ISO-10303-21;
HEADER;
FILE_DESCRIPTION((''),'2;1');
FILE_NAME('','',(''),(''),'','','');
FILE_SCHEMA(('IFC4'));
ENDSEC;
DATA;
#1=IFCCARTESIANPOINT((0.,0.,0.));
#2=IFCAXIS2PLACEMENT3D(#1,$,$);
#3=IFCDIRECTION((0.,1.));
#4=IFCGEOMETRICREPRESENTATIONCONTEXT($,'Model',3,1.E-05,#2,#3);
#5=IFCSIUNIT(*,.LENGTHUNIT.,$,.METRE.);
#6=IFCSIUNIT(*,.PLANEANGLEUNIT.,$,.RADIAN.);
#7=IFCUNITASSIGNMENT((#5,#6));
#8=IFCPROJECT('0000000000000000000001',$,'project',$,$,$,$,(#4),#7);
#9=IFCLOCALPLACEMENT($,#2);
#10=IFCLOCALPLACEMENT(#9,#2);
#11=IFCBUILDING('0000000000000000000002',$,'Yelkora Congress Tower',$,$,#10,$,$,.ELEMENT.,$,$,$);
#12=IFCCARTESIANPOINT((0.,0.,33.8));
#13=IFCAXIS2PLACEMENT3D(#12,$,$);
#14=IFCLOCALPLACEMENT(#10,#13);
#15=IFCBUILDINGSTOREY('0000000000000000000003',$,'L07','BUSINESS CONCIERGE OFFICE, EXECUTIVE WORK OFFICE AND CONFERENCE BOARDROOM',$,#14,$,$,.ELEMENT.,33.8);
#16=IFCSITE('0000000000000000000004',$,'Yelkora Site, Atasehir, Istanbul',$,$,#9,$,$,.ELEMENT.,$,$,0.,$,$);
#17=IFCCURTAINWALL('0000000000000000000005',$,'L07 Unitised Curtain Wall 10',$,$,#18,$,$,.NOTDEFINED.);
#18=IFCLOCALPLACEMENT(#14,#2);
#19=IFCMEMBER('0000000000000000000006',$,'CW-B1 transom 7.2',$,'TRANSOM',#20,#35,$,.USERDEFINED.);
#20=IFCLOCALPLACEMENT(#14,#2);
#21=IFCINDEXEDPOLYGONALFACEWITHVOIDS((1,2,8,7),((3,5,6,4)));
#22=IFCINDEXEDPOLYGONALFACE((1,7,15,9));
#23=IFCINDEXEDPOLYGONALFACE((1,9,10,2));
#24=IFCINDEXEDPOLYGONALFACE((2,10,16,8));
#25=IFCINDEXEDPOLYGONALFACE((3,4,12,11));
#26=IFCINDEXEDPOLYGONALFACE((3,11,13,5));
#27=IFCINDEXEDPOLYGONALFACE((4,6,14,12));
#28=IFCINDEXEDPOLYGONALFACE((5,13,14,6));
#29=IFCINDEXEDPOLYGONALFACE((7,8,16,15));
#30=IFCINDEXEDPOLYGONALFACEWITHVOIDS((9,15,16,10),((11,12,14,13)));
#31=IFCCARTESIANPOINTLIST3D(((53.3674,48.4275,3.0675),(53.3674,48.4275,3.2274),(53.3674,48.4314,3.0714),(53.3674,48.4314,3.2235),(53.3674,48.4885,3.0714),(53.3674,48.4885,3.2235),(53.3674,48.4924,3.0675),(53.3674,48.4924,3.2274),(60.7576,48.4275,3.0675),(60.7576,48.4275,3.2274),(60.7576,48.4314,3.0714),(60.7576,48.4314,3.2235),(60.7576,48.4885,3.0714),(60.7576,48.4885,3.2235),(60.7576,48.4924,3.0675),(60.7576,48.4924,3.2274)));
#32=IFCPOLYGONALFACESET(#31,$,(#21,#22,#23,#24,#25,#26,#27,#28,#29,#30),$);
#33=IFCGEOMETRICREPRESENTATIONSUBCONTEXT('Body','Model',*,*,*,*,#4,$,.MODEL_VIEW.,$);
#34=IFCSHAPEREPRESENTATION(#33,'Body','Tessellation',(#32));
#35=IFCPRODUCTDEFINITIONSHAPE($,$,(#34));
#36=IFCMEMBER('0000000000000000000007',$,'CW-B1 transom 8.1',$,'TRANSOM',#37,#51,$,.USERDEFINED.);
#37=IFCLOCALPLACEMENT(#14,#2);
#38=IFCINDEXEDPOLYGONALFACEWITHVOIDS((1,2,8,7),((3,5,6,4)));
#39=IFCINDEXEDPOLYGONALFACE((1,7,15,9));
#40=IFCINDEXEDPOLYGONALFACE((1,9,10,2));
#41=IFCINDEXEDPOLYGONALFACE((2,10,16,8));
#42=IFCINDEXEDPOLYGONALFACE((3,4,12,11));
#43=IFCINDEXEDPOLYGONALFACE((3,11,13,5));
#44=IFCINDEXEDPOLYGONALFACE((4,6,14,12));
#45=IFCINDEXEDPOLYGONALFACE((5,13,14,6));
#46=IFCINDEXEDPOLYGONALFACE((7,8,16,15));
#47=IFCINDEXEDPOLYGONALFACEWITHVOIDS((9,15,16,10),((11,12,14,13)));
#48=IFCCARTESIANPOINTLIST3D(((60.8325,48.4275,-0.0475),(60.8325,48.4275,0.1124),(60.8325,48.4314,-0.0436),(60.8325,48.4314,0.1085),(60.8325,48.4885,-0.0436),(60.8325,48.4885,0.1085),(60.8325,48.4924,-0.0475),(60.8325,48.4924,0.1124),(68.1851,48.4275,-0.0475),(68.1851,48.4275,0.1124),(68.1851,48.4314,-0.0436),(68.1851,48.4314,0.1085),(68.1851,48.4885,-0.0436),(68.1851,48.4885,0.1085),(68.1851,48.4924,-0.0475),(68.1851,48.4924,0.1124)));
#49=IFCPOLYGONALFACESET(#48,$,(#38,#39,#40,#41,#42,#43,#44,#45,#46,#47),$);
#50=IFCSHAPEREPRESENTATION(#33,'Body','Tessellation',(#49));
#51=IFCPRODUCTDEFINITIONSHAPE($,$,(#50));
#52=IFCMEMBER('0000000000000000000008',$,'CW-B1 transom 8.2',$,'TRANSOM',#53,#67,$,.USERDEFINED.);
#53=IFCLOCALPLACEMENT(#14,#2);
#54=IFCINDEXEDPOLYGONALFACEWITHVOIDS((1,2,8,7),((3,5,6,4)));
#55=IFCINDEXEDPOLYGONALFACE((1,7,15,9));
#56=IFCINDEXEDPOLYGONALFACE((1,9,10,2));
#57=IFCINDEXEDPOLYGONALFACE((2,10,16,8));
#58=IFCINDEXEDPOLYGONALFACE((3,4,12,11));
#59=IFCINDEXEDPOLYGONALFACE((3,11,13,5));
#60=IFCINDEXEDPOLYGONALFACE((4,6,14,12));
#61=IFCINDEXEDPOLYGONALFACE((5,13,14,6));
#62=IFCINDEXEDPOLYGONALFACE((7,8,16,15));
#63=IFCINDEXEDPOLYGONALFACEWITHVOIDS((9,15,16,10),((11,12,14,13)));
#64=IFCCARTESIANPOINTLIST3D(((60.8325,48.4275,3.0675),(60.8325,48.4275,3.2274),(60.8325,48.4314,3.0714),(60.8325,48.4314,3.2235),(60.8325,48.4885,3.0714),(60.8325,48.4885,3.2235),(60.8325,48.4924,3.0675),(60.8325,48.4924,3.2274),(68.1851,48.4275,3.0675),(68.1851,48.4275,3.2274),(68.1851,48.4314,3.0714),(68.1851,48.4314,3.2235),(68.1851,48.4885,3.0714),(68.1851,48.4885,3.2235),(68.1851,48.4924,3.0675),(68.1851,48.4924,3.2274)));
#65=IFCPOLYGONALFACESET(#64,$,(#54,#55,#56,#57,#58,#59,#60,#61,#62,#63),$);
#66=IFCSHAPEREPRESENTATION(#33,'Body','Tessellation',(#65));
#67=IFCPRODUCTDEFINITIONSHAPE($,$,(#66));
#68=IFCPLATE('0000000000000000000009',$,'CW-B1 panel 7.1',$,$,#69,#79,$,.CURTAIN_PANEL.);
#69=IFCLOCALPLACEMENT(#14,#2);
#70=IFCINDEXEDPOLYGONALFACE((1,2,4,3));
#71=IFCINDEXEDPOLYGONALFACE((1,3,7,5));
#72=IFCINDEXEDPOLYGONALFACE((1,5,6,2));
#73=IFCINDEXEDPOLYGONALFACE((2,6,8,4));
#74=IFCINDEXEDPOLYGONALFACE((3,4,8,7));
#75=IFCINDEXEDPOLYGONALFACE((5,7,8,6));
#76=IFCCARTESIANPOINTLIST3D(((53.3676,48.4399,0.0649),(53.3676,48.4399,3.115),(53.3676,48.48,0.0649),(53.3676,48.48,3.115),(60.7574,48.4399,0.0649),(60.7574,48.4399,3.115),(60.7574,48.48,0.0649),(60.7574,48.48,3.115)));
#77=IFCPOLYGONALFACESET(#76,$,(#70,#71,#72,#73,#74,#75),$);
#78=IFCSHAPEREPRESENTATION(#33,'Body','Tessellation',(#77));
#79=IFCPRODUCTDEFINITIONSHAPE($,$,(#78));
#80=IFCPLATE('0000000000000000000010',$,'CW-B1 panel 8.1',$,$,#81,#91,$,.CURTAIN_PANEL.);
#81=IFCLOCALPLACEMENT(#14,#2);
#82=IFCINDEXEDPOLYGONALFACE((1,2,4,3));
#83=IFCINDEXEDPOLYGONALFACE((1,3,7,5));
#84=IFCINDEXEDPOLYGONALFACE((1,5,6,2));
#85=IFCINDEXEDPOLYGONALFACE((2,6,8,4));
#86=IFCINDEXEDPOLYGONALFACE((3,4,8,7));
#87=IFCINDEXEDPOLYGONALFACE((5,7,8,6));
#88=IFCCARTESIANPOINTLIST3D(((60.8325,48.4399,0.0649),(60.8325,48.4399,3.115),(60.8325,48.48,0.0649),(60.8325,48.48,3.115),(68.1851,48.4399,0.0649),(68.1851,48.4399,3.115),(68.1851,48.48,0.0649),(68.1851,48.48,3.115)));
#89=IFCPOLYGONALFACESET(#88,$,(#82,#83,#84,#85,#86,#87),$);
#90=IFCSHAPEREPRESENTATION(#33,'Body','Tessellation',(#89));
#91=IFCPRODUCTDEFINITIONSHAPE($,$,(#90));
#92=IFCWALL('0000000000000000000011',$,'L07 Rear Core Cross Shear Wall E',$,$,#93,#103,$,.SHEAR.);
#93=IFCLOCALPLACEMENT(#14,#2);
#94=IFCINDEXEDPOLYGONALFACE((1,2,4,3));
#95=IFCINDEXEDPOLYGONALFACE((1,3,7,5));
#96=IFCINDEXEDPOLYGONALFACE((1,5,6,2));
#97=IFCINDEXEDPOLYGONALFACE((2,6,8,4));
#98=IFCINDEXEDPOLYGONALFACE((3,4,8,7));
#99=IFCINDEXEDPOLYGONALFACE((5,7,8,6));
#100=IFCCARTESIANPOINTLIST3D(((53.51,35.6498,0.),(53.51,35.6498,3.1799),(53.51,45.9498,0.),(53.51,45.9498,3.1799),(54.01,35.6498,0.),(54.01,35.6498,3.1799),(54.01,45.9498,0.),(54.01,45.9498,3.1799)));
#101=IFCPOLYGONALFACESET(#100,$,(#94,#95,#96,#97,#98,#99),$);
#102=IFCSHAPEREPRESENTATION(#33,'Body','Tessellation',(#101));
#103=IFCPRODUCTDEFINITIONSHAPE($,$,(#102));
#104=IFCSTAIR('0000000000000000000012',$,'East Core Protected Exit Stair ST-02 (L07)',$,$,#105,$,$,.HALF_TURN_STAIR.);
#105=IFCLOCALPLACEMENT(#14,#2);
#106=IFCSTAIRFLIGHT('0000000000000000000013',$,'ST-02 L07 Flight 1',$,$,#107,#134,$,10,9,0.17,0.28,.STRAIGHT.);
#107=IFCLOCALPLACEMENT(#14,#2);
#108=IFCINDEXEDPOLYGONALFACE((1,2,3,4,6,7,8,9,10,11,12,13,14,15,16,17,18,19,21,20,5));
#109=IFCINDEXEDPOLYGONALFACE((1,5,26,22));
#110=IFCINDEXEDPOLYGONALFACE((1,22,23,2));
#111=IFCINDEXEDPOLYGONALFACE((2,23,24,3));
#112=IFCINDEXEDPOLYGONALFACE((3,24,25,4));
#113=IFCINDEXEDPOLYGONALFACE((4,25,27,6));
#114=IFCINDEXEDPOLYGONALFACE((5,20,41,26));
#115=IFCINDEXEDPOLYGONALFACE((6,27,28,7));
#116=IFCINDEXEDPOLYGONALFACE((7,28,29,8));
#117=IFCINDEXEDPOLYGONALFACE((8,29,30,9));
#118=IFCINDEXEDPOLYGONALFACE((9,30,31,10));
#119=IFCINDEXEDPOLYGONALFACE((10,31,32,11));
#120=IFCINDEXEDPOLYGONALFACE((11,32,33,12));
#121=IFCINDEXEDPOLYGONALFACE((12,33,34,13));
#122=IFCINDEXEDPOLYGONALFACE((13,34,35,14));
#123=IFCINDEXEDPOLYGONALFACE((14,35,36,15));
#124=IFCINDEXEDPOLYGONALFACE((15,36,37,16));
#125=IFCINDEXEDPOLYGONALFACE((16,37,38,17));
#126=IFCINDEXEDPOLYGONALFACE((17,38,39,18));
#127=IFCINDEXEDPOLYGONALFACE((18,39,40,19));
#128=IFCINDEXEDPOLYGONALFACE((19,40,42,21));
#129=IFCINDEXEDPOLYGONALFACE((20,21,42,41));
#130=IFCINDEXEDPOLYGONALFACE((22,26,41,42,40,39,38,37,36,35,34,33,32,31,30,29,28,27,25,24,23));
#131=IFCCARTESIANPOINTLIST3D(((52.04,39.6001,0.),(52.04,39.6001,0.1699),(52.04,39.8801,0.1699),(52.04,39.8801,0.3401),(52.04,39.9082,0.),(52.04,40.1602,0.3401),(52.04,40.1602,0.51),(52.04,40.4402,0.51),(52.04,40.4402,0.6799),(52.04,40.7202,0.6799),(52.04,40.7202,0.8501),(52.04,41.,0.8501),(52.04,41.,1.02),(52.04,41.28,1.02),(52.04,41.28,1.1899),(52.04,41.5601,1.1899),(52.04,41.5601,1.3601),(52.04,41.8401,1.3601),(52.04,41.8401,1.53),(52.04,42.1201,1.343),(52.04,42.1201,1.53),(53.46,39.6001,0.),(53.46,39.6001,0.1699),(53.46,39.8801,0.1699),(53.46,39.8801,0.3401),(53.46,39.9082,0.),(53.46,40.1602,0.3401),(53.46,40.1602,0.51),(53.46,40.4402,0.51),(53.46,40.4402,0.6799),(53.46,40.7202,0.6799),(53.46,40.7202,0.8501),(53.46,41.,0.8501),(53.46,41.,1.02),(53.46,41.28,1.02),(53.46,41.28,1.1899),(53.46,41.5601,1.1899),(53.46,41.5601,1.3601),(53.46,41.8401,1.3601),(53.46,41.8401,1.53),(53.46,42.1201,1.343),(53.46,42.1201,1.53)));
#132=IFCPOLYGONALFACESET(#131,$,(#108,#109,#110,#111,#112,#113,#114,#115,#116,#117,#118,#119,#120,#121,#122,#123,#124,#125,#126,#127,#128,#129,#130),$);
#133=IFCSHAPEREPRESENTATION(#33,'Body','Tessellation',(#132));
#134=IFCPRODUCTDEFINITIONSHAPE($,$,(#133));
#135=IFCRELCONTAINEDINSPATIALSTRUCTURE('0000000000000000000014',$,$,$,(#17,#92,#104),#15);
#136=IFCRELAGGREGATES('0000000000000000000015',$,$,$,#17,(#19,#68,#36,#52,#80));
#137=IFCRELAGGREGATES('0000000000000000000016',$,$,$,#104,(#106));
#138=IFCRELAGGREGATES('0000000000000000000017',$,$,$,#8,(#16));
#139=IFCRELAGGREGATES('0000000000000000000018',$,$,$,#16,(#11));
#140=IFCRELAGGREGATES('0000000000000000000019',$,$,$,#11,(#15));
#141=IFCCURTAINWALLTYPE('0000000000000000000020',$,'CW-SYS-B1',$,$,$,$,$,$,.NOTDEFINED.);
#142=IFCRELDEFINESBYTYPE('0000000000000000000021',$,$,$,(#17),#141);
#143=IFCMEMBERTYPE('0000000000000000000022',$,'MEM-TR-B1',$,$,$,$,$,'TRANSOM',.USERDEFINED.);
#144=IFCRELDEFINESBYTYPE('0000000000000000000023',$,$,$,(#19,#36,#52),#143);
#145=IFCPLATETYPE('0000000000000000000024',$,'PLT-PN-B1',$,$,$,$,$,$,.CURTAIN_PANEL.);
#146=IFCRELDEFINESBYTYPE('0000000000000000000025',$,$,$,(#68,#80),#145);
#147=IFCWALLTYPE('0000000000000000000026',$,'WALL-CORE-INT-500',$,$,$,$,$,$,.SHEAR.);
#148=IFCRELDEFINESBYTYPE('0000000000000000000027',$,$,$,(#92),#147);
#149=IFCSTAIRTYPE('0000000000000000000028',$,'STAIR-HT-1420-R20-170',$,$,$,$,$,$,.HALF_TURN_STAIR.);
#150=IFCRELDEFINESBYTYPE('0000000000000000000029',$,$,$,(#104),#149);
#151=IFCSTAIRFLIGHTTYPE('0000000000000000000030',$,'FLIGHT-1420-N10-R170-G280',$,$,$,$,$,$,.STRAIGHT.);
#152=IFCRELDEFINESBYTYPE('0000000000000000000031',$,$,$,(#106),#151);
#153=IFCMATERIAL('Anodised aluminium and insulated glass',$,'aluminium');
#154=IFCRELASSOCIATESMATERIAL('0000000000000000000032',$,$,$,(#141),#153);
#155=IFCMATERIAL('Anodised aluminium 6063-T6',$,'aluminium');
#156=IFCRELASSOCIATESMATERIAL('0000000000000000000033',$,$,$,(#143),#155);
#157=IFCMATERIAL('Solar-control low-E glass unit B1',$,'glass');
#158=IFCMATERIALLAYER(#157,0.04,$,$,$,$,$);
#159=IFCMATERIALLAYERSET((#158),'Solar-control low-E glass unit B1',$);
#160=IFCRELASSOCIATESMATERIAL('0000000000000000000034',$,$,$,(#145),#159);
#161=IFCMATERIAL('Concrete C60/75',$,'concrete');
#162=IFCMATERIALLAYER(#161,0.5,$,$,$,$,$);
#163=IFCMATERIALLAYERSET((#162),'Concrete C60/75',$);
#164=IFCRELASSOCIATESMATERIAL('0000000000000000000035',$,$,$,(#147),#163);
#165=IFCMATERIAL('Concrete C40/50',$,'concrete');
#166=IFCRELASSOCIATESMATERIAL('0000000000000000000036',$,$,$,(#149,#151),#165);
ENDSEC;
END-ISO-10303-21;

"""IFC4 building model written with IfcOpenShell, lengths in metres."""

from ifc_helpers import new_model, si_unit, direction, frame, frame_2d, origin, origin_2d, place, context, subcontext, project, spatial, polyline, rectangle, hollow_rectangle, outline, extrude, material, layer, layer_set, material_profile, profile_set, type_object, element, aggregate, save


model = new_model("IFC4")

# Units and contexts
model_context = context("Model", 3, precision=1e-05, world=origin(), true_north=direction((0.0, 1.0)))
body_context = subcontext(model_context, "Body", "Model", "MODEL_VIEW")
ifc_project = project(units=[si_unit("LENGTHUNIT", "METRE"), si_unit("PLANEANGLEUNIT", "RADIAN")], contexts=[model_context])

# Site, building, storey
site_placement = place(None, origin())
site = spatial("IfcSite", under=ifc_project, at=site_placement, Name="Yelkora Site, Atasehir, Istanbul", CompositionType="ELEMENT", RefElevation=0.0)
building_placement = place(site_placement, origin())
building = spatial("IfcBuilding", under=site, at=building_placement, Name="Yelkora Congress Tower", CompositionType="ELEMENT")
storey_placement = place(building_placement, frame((0.0, 0.0, 33.8)))
storey = spatial("IfcBuildingStorey", under=building, at=storey_placement, Name="L07", Description="BUSINESS CONCIERGE OFFICE, EXECUTIVE WORK OFFICE AND CONFERENCE BOARDROOM", CompositionType="ELEMENT", Elevation=33.8)

# Shared definitions
ifc_material_1 = material(Name="Concrete C60/75", Category="concrete")

# Curtain wall, members, plates
ifc_material_2 = material(Name="Anodised aluminium and insulated glass", Category="aluminium")
curtain_wall_type = type_object("IfcCurtainWallType", Name="CW-SYS-B1", PredefinedType="NOTDEFINED", material=ifc_material_2)
curtain_wall_placement = place(storey_placement, origin())
curtain_wall = element("IfcCurtainWall", 1, at=curtain_wall_placement, inside=storey, type_object=curtain_wall_type, Name="L07 Unitised Curtain Wall 10", PredefinedType="NOTDEFINED")
ifc_material_3 = material(Name="Anodised aluminium 6063-T6", Category="aluminium")
ifc_material_profile_1 = material_profile(ifc_material_3, hollow_rectangle(XDim=0.0649, YDim=0.1599, WallThickness=0.0039, at=origin_2d()), Name="ALU 65x160x4")
ifc_profile_set_1 = profile_set([ifc_material_profile_1], Name="Anodised aluminium 6063-T6")
member_type_1 = type_object("IfcMemberType", Name="MEM-TR-B1", ElementType="TRANSOM", PredefinedType="USERDEFINED", material=ifc_profile_set_1)
member_1_placement = place(storey_placement, frame((53.3674, 48.46, 3.1475), z_axis=(1.0, 0.0, 0.0), x_axis=(0.0, 1.0, 0.0)))
member_1 = element("IfcMember", 2, at=member_1_placement, type_object=member_type_1, Name="CW-B1 transom 7.2", ObjectType="TRANSOM", PredefinedType="USERDEFINED", context=body_context, shape_type="SweptSolid", body=[
    extrude(hollow_rectangle(XDim=0.0649, YDim=0.1599, WallThickness=0.0039, at=origin_2d()), origin(), (0.0, 0.0, 1.0), 7.3901),
])
member_2_placement = place(storey_placement, frame((60.8325, 48.46, 0.0325), z_axis=(1.0, 0.0, 0.0), x_axis=(0.0, 1.0, 0.0)))
member_2 = element("IfcMember", 3, at=member_2_placement, type_object=member_type_1, Name="CW-B1 transom 8.1", ObjectType="TRANSOM", PredefinedType="USERDEFINED", context=body_context, shape_type="SweptSolid", body=[
    extrude(hollow_rectangle(XDim=0.0649, YDim=0.1599, WallThickness=0.0039, at=origin_2d()), origin(), (0.0, 0.0, 1.0), 7.3525),
])
member_3_placement = place(storey_placement, frame((60.8325, 48.46, 3.1475), z_axis=(1.0, 0.0, 0.0), x_axis=(0.0, 1.0, 0.0)))
member_3 = element("IfcMember", 4, at=member_3_placement, type_object=member_type_1, Name="CW-B1 transom 8.2", ObjectType="TRANSOM", PredefinedType="USERDEFINED", context=body_context, shape_type="SweptSolid", body=[
    extrude(hollow_rectangle(XDim=0.0649, YDim=0.1599, WallThickness=0.0039, at=origin_2d()), origin(), (0.0, 0.0, 1.0), 7.3525),
])
ifc_material_4 = material(Name="Solar-control low-E glass unit B1", Category="glass")
ifc_layer_1 = layer(ifc_material_4, 0.04)
ifc_layer_set_1 = layer_set([ifc_layer_1], Name="Solar-control low-E glass unit B1")
plate_type = type_object("IfcPlateType", Name="PLT-PN-B1", PredefinedType="CURTAIN_PANEL", material=ifc_layer_set_1)
plate_1_placement = place(storey_placement, frame((57.0625, 48.46, 0.0649), z_axis=(0.0, 0.0, 1.0), x_axis=(1.0, 0.0, 0.0)))
plate_1 = element("IfcPlate", 5, at=plate_1_placement, type_object=plate_type, Name="CW-B1 panel 7.1", PredefinedType="CURTAIN_PANEL", context=body_context, shape_type="SweptSolid", body=[
    extrude(rectangle(XDim=7.3899, YDim=0.04, at=origin_2d()), origin(), (0.0, 0.0, 1.0), 3.05),
])
plate_2_placement = place(storey_placement, frame((64.5088, 48.46, 0.0649), z_axis=(0.0, 0.0, 1.0), x_axis=(1.0, 0.0, 0.0)))
plate_2 = element("IfcPlate", 6, at=plate_2_placement, type_object=plate_type, Name="CW-B1 panel 8.1", PredefinedType="CURTAIN_PANEL", context=body_context, shape_type="SweptSolid", body=[
    extrude(rectangle(XDim=7.3525, YDim=0.04, at=origin_2d()), origin(), (0.0, 0.0, 1.0), 3.05),
])
aggregate(curtain_wall, [member_1, plate_1, member_2, member_3, plate_2])

# Wall
ifc_layer_2 = layer(ifc_material_1, 0.5)
ifc_layer_set_2 = layer_set([ifc_layer_2], Name="Concrete C60/75")
wall_type = type_object("IfcWallType", Name="WALL-CORE-INT-500", PredefinedType="SHEAR", material=ifc_layer_set_2)
wall_placement = place(storey_placement, frame((53.76, 35.6499, 0.0), z_axis=(0.0, 0.0, 1.0), x_axis=(0.0, 1.0, 0.0)))
element("IfcWall", 7, at=wall_placement, inside=storey, type_object=wall_type, Name="L07 Rear Core Cross Shear Wall E", PredefinedType="SHEAR", context=body_context, shape_type="SweptSolid", body=[
    extrude(rectangle(XDim=10.3, YDim=0.5, at=frame_2d((5.1499, 0.0))), origin(), (0.0, 0.0, 1.0), 3.1799),
])

# Stair, stair flight
ifc_material_5 = material(Name="Concrete C40/50", Category="concrete")
stair_type = type_object("IfcStairType", Name="STAIR-HT-1420-R20-170", PredefinedType="HALF_TURN_STAIR", material=ifc_material_5)
stair_placement = place(storey_placement, origin())
stair = element("IfcStair", 8, at=stair_placement, inside=storey, type_object=stair_type, Name="East Core Protected Exit Stair ST-02 (L07)", PredefinedType="HALF_TURN_STAIR")
stair_flight_type = type_object("IfcStairFlightType", Name="FLIGHT-1420-N10-R170-G280", PredefinedType="STRAIGHT", material=ifc_material_5)
stair_flight_placement = place(storey_placement, frame((52.75, 39.6001, 0.0), z_axis=(0.0, 0.0, 1.0), x_axis=(0.0, 1.0, 0.0)))
stair_flight = element("IfcStairFlight", 9, at=stair_flight_placement, type_object=stair_flight_type, Name="ST-02 L07 Flight 1", NumberOfRisers=10, NumberOfTreads=9, PredefinedType="STRAIGHT", RiserHeight=0.17, TreadLength=0.28, context=body_context, shape_type="SweptSolid", body=[
    extrude(outline(polyline([(0.0, 0.0), (0.0, 0.1699), (0.28, 0.1699), (0.28, 0.3401), (0.5601, 0.3401), (0.5601, 0.51), (0.8401, 0.51), (0.8401, 0.6799), (1.1201, 0.6799), (1.1201, 0.8501), (1.3999, 0.8501), (1.3999, 1.02), (1.6799, 1.02), (1.6799, 1.1899), (1.96, 1.1899), (1.96, 1.3601), (2.24, 1.3601), (2.24, 1.53), (2.52, 1.53), (2.52, 1.7), (2.52, 1.343), (0.3081, 0.0), (0.0, 0.0)])), frame((0.0, 0.71, 0.0), z_axis=(0.0, -1.0, 0.0), x_axis=(1.0, 0.0, 0.0)), (0.0, 0.0, 1.0), 1.4199),
])
aggregate(stair, [stair_flight])

save(model, "model.ifc")
